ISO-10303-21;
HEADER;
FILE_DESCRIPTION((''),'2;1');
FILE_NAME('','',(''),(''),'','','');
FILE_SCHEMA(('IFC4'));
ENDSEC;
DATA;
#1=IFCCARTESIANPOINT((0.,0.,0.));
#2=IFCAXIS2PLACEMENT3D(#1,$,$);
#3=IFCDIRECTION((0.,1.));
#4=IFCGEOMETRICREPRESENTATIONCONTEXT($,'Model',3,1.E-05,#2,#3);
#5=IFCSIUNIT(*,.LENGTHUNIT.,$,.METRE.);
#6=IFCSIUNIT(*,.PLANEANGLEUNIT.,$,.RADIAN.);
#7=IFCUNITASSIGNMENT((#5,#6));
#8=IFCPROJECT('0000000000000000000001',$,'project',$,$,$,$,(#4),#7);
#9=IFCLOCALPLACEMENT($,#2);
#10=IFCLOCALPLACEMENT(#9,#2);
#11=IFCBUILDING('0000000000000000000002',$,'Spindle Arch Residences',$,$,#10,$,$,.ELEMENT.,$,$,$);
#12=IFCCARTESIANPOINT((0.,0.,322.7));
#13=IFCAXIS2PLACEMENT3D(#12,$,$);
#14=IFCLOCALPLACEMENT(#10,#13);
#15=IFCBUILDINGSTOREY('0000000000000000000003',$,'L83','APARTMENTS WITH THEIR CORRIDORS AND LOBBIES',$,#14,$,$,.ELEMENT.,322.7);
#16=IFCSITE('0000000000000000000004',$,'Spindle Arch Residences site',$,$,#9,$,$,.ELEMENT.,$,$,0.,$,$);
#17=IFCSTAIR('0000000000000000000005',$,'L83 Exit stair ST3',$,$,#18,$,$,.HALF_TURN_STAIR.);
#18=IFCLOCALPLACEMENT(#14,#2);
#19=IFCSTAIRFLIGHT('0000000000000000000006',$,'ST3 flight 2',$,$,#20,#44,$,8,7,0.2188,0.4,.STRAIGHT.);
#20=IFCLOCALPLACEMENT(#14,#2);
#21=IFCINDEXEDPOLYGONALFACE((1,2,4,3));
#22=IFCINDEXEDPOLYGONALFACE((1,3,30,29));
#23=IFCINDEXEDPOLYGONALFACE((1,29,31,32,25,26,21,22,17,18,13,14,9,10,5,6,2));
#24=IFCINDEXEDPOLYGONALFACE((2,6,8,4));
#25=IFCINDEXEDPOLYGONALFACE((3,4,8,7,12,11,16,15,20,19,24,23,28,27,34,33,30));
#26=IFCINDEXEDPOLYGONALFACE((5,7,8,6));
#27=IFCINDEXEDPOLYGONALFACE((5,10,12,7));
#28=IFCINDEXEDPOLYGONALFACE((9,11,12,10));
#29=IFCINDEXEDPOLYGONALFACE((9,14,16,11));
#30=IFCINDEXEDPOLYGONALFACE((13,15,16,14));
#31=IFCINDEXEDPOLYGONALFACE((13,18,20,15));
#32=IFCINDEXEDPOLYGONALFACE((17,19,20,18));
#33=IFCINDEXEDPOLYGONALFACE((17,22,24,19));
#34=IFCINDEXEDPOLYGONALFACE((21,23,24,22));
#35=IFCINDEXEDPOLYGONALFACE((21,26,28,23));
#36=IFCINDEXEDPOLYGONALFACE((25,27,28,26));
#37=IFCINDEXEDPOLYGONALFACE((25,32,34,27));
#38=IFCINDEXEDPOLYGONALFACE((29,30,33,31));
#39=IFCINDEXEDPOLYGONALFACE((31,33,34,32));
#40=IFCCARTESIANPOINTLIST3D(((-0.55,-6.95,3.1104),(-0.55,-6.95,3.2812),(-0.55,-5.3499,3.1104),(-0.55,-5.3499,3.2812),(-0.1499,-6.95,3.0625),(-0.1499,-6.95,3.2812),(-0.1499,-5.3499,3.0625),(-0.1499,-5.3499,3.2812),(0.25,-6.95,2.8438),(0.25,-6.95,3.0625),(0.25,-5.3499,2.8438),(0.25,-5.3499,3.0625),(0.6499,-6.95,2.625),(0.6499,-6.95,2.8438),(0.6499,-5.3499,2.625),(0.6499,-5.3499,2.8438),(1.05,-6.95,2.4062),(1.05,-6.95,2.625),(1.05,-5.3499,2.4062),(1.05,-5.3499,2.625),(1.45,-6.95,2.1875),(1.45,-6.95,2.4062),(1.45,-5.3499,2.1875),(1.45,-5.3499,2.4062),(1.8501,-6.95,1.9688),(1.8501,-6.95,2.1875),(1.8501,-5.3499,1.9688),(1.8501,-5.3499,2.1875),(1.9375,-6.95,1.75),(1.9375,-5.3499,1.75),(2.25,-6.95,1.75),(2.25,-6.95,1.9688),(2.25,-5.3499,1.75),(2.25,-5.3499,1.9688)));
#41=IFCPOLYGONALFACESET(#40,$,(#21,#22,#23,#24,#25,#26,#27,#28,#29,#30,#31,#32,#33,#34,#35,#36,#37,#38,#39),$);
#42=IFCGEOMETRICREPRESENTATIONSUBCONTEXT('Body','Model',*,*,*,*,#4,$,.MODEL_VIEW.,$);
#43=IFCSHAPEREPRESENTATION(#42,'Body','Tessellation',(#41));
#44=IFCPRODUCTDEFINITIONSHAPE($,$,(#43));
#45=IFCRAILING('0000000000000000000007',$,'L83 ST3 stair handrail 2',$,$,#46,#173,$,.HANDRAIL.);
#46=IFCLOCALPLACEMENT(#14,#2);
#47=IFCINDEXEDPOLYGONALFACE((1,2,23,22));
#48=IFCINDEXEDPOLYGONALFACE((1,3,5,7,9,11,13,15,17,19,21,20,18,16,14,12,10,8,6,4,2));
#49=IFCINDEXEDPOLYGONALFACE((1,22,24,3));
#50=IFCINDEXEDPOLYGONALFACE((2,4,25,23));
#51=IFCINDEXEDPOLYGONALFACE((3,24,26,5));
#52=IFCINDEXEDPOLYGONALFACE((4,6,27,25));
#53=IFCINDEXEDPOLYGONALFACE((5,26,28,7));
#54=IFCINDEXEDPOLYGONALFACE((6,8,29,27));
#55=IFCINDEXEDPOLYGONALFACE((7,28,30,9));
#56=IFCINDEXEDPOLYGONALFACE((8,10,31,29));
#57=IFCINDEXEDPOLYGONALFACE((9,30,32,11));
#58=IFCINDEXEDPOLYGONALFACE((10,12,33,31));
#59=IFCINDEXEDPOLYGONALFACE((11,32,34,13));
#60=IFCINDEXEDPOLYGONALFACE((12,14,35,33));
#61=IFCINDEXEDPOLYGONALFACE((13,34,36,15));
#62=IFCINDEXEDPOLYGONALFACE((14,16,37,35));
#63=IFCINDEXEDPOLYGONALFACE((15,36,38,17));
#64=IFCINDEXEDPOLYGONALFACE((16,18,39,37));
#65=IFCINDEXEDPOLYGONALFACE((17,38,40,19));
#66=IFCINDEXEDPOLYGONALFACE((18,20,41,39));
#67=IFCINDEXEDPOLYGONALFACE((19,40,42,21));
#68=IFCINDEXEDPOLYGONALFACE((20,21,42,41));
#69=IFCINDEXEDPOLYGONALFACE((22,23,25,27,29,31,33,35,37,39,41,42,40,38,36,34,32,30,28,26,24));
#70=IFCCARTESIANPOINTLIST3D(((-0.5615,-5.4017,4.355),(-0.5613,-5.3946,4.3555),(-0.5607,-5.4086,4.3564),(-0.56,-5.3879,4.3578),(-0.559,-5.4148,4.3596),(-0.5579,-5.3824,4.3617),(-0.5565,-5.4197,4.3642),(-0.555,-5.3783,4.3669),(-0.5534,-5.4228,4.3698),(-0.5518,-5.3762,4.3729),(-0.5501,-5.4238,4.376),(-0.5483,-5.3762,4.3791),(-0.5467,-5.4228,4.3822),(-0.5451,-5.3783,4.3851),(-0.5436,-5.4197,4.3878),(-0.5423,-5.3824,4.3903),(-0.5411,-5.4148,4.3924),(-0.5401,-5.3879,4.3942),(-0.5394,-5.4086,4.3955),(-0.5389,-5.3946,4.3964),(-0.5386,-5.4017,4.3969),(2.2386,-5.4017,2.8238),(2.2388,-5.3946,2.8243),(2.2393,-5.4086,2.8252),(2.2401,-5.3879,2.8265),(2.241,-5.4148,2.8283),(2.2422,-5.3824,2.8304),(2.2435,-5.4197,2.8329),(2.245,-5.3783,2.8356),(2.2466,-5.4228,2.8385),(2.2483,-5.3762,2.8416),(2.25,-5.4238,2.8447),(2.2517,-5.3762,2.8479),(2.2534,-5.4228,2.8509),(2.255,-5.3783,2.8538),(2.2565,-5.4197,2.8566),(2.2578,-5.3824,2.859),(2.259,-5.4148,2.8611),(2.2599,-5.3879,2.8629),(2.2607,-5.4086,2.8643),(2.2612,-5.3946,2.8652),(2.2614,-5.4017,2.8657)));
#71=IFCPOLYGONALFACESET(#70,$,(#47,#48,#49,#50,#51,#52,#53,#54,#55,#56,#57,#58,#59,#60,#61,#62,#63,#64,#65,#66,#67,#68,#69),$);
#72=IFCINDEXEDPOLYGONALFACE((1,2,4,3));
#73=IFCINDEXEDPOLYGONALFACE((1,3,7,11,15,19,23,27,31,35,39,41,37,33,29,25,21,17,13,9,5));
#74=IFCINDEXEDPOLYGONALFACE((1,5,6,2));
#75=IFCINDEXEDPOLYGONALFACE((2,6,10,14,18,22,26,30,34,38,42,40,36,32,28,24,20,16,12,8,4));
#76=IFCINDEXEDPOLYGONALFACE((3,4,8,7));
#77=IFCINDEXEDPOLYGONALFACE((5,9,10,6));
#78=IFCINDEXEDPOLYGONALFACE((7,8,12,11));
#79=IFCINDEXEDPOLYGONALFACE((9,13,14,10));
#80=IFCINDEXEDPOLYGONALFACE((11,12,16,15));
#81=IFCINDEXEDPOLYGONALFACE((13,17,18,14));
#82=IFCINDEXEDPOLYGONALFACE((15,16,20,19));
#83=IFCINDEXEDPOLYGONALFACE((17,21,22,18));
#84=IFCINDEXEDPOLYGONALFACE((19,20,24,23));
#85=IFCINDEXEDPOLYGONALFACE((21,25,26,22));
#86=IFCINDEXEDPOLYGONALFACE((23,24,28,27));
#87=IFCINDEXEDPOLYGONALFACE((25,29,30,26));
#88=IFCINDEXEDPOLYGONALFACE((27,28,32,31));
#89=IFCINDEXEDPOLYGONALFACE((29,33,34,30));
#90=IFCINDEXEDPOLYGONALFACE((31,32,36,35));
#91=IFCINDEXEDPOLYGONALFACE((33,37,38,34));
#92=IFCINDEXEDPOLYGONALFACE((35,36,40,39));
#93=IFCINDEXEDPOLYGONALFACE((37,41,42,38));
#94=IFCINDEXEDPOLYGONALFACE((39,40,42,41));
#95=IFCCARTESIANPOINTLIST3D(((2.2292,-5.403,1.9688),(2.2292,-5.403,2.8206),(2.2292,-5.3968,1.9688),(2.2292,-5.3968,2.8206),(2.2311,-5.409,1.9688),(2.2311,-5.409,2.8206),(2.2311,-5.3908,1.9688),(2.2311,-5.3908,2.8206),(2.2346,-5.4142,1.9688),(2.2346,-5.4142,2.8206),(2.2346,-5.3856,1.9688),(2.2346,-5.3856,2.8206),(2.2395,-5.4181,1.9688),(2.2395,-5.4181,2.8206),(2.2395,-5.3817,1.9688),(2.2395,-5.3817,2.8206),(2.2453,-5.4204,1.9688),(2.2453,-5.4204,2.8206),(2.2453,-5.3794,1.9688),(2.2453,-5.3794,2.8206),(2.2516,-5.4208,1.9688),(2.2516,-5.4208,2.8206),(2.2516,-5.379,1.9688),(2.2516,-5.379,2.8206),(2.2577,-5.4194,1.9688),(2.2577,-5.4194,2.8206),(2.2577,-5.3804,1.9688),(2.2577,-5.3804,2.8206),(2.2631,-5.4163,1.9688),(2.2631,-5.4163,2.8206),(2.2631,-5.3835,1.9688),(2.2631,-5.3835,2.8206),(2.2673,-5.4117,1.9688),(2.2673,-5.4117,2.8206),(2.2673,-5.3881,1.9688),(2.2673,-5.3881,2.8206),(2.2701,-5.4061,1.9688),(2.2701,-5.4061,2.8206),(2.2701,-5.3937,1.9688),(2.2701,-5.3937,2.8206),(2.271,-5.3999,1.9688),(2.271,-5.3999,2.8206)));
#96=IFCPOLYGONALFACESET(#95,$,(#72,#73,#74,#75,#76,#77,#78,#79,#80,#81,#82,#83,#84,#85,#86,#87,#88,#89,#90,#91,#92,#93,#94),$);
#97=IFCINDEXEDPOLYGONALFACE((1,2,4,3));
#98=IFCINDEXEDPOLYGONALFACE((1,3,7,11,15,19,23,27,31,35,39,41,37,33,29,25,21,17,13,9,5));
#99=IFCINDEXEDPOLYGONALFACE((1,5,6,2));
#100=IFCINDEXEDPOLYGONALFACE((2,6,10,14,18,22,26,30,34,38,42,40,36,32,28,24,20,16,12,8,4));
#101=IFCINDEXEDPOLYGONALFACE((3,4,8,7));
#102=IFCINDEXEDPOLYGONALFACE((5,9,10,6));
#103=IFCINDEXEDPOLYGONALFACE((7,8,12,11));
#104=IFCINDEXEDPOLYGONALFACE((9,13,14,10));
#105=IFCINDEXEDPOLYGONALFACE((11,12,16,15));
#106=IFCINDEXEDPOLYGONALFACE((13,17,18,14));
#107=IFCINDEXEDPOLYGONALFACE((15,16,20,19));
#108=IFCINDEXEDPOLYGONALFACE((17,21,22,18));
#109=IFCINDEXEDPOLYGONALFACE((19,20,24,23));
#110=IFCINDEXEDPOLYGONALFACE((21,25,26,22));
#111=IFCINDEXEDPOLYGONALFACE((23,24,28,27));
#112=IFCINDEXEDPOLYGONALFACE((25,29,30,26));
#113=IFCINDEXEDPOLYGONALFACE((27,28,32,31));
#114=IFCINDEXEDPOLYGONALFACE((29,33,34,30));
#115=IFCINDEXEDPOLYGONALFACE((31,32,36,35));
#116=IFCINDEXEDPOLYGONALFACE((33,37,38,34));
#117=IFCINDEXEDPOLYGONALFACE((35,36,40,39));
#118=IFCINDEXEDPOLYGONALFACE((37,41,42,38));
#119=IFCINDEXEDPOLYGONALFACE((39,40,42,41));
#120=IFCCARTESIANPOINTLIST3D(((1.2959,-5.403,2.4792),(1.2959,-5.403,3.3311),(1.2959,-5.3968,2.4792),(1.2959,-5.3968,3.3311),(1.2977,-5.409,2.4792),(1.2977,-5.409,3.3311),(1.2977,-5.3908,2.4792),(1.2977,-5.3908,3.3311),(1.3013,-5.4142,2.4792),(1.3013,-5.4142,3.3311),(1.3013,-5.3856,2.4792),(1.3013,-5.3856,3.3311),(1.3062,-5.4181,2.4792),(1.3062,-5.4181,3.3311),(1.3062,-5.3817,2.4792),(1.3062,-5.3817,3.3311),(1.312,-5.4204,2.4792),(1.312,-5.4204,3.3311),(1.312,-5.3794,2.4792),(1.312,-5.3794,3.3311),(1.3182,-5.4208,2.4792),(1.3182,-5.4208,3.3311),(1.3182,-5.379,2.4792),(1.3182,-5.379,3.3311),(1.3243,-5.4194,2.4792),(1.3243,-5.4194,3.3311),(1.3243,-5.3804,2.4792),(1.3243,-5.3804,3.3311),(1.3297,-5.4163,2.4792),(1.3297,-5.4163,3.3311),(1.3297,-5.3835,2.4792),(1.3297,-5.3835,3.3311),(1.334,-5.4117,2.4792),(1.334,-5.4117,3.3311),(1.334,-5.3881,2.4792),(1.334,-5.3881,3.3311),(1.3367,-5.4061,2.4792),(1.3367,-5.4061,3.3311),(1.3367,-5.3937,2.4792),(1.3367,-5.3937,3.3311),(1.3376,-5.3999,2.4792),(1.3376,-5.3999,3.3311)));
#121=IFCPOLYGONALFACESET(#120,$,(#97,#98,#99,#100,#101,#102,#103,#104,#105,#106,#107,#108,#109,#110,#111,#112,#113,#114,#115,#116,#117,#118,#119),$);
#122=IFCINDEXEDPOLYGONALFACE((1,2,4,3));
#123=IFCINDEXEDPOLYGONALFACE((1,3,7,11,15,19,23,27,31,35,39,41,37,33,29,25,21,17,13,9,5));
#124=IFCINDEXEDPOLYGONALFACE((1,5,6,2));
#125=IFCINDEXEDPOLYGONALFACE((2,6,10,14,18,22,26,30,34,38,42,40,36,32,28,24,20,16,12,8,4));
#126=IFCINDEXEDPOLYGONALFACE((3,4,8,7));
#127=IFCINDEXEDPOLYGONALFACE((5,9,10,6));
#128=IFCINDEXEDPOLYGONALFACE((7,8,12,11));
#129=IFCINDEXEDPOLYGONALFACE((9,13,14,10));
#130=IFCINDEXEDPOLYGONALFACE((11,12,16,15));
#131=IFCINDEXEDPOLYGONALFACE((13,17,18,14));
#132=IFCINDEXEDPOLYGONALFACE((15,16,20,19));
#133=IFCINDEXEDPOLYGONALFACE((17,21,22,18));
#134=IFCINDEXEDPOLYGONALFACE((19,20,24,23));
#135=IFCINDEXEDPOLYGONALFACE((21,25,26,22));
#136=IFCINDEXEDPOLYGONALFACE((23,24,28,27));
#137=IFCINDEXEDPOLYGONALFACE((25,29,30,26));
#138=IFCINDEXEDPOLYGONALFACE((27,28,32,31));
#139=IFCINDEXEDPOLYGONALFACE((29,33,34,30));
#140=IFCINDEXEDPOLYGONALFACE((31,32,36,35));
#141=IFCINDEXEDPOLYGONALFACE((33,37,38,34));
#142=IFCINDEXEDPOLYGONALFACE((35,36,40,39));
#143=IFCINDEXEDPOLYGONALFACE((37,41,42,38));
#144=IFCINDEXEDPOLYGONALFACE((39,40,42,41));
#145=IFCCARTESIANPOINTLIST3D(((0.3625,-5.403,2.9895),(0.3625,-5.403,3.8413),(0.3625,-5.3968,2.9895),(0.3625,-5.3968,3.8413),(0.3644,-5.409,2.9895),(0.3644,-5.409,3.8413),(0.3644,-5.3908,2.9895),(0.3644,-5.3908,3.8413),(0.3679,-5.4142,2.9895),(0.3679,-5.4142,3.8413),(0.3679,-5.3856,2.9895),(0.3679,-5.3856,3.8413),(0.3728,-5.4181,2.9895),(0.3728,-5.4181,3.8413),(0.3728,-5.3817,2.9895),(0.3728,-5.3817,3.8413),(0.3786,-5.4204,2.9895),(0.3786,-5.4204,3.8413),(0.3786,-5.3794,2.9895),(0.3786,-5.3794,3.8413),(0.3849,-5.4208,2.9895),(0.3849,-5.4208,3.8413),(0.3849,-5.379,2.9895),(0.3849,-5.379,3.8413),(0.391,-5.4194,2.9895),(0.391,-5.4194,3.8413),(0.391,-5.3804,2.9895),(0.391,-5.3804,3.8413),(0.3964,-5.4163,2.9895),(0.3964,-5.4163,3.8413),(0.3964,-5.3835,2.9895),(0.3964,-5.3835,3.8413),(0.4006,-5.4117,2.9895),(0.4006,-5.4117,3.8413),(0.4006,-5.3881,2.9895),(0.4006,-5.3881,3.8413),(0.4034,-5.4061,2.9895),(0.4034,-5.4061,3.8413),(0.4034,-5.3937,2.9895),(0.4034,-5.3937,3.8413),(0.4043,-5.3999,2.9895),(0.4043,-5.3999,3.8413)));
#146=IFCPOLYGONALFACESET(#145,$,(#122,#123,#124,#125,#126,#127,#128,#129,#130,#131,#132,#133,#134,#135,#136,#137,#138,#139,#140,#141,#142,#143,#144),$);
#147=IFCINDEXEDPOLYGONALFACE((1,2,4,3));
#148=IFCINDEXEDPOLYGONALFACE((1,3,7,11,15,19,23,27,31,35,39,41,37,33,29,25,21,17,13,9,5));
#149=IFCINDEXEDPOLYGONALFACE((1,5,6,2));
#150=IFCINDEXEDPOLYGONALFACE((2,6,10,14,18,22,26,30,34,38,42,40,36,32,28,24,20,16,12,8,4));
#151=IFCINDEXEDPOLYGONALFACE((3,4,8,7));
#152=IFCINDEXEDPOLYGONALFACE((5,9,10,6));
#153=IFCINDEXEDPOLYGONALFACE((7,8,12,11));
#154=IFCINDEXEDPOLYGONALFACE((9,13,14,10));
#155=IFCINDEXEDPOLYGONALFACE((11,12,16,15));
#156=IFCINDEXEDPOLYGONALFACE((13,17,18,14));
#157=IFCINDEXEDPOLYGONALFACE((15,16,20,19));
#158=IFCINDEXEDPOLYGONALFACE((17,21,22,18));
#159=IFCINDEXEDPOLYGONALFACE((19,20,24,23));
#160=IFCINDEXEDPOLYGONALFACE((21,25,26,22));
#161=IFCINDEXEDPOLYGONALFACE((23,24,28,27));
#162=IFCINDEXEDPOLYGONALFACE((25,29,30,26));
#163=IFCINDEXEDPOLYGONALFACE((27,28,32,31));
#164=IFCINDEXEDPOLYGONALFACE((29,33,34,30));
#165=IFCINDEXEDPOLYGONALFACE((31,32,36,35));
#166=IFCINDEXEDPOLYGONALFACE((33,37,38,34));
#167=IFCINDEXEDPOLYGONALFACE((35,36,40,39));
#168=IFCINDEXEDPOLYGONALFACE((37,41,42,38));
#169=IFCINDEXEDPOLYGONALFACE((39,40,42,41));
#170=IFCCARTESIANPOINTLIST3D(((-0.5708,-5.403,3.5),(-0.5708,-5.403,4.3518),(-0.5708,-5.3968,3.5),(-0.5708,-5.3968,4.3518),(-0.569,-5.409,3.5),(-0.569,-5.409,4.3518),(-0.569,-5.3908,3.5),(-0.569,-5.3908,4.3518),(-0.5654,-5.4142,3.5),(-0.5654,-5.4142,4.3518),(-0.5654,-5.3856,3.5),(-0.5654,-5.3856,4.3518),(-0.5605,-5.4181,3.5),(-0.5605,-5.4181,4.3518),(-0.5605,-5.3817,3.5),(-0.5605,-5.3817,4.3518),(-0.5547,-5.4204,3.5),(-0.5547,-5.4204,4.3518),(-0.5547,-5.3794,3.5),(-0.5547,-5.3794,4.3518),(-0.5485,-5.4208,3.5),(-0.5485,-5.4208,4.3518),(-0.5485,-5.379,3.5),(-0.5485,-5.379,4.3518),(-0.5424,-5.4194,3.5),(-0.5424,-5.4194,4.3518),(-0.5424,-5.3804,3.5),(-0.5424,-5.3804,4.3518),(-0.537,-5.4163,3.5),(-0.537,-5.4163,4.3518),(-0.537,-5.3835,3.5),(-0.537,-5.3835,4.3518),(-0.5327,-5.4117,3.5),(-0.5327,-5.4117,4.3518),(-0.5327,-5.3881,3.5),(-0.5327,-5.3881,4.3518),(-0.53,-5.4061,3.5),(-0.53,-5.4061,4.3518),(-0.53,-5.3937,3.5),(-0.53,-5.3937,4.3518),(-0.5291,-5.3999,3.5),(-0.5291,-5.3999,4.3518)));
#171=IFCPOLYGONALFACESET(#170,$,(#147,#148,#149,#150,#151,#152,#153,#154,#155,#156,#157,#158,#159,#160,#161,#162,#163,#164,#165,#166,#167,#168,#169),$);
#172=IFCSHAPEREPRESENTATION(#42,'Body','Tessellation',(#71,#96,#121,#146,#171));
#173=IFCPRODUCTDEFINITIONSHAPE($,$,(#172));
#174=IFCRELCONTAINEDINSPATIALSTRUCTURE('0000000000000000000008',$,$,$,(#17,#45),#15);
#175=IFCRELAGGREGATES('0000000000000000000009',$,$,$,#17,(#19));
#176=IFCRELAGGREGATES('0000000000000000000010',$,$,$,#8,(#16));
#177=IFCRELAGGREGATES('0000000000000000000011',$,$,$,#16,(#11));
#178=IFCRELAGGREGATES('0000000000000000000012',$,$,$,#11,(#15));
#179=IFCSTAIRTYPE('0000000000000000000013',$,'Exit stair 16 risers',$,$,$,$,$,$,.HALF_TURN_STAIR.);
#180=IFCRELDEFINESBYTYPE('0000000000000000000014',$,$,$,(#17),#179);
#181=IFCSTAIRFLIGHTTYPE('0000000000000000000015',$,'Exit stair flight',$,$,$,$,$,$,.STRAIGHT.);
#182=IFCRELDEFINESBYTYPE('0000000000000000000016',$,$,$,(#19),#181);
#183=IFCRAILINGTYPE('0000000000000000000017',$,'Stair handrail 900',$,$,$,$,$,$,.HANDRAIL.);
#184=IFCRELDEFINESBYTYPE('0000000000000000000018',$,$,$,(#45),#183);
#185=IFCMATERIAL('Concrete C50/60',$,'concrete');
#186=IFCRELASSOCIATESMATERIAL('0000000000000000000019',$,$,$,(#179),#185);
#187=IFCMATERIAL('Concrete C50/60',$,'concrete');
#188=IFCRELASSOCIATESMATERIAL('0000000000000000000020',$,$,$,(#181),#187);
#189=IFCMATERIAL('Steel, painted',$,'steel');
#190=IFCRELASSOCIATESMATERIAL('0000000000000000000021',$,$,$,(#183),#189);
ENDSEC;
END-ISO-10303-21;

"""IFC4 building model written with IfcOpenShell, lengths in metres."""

from ifc_helpers import new_model, si_unit, direction, frame, origin, origin_2d, place, context, subcontext, project, spatial, polyline, circle, outline, extrude, material, type_object, element, aggregate, save


model = new_model("IFC4")

# Units and contexts
model_context = context("Model", 3, precision=1e-05, world=origin(), true_north=direction((0.0, 1.0)))
body_context = subcontext(model_context, "Body", "Model", "MODEL_VIEW")
ifc_project = project(units=[si_unit("LENGTHUNIT", "METRE"), si_unit("PLANEANGLEUNIT", "RADIAN")], contexts=[model_context])

# Site, building, storey
site_placement = place(None, origin())
site = spatial("IfcSite", under=ifc_project, at=site_placement, Name="Spindle Arch Residences site", CompositionType="ELEMENT", RefElevation=0.0)
building_placement = place(site_placement, origin())
building = spatial("IfcBuilding", under=site, at=building_placement, Name="Spindle Arch Residences", CompositionType="ELEMENT")
storey_placement = place(building_placement, frame((0.0, 0.0, 322.7)))
storey = spatial("IfcBuildingStorey", under=building, at=storey_placement, Name="L83", Description="APARTMENTS WITH THEIR CORRIDORS AND LOBBIES", CompositionType="ELEMENT", Elevation=322.7)

# Stair
ifc_material_1 = material(Name="Concrete C50/60", Category="concrete")
stair_type = type_object("IfcStairType", Name="Exit stair 16 risers", PredefinedType="HALF_TURN_STAIR", material=ifc_material_1)
stair_1_placement = place(storey_placement, origin())
stair_1 = element("IfcStair", 1, at=stair_1_placement, inside=storey, type_object=stair_type, Name="L83 Exit stair ST3", PredefinedType="HALF_TURN_STAIR")

# Stair flight
ifc_material_2 = material(Name="Concrete C50/60", Category="concrete")
stair_flight_type = type_object("IfcStairFlightType", Name="Exit stair flight", PredefinedType="STRAIGHT", material=ifc_material_2)
stair_flight_placement = place(storey_placement, frame((2.25, -6.1499, 1.75), z_axis=(0.0, 0.0, 1.0), x_axis=(-1.0, 0.0, 0.0)))
stair_flight = element("IfcStairFlight", 2, at=stair_flight_placement, type_object=stair_flight_type, Name="ST3 flight 2", NumberOfRisers=8, NumberOfTreads=7, PredefinedType="STRAIGHT", RiserHeight=0.2188, TreadLength=0.4, context=body_context, shape_type="SweptSolid", body=[
    extrude(outline(polyline([(0.0, 0.0), (0.0, 0.2188), (0.3999, 0.2188), (0.3999, 0.4375), (0.8, 0.4375), (0.8, 0.6562), (1.2, 0.6562), (1.2, 0.875), (1.6001, 0.875), (1.6001, 1.0938), (2.0, 1.0938), (2.0, 1.3125), (2.3999, 1.3125), (2.3999, 1.5312), (2.8, 1.5312), (2.8, 1.75), (2.8, 1.3604), (0.3125, 0.0), (0.0, 0.0)])), frame((0.0, 0.8, 0.0), z_axis=(0.0, -1.0, 0.0), x_axis=(1.0, 0.0, 0.0)), (0.0, 0.0, 1.0), 1.6001),
])
aggregate(stair_1, [stair_flight])

# Railing
ifc_material_3 = material(Name="Steel, painted", Category="steel")
railing_type_1 = type_object("IfcRailingType", Name="Stair handrail 900", PredefinedType="HANDRAIL", material=ifc_material_3)
railing_1_placement = place(storey_placement, frame((2.25, -5.3999, 1.9688)))
element("IfcRailing", 3, at=railing_1_placement, inside=storey, type_object=railing_type_1, Name="L83 ST3 stair handrail 2", PredefinedType="HANDRAIL", context=body_context, shape_type="SweptSolid", body=[
    extrude(circle(Radius=0.0239, at=origin_2d()), frame((0.0, 0.0, 0.876), z_axis=(-0.877375, 0.0, 0.479806), x_axis=(0.0, -1.0, 0.0)), (0.0, 0.0, 1.0), 3.1914),
    extrude(circle(Radius=0.021, at=origin_2d()), origin(), (0.0, 0.0, 1.0), 0.8518),
    extrude(circle(Radius=0.021, at=origin_2d()), frame((-0.9333, 0.0, 0.5105)), (0.0, 0.0, 1.0), 0.8518),
    extrude(circle(Radius=0.021, at=origin_2d()), frame((-1.8667, 0.0, 1.0208)), (0.0, 0.0, 1.0), 0.8518),
    extrude(circle(Radius=0.021, at=origin_2d()), frame((-2.8, 0.0, 1.5312)), (0.0, 0.0, 1.0), 0.8518),
])

save(model, "model.ifc")
